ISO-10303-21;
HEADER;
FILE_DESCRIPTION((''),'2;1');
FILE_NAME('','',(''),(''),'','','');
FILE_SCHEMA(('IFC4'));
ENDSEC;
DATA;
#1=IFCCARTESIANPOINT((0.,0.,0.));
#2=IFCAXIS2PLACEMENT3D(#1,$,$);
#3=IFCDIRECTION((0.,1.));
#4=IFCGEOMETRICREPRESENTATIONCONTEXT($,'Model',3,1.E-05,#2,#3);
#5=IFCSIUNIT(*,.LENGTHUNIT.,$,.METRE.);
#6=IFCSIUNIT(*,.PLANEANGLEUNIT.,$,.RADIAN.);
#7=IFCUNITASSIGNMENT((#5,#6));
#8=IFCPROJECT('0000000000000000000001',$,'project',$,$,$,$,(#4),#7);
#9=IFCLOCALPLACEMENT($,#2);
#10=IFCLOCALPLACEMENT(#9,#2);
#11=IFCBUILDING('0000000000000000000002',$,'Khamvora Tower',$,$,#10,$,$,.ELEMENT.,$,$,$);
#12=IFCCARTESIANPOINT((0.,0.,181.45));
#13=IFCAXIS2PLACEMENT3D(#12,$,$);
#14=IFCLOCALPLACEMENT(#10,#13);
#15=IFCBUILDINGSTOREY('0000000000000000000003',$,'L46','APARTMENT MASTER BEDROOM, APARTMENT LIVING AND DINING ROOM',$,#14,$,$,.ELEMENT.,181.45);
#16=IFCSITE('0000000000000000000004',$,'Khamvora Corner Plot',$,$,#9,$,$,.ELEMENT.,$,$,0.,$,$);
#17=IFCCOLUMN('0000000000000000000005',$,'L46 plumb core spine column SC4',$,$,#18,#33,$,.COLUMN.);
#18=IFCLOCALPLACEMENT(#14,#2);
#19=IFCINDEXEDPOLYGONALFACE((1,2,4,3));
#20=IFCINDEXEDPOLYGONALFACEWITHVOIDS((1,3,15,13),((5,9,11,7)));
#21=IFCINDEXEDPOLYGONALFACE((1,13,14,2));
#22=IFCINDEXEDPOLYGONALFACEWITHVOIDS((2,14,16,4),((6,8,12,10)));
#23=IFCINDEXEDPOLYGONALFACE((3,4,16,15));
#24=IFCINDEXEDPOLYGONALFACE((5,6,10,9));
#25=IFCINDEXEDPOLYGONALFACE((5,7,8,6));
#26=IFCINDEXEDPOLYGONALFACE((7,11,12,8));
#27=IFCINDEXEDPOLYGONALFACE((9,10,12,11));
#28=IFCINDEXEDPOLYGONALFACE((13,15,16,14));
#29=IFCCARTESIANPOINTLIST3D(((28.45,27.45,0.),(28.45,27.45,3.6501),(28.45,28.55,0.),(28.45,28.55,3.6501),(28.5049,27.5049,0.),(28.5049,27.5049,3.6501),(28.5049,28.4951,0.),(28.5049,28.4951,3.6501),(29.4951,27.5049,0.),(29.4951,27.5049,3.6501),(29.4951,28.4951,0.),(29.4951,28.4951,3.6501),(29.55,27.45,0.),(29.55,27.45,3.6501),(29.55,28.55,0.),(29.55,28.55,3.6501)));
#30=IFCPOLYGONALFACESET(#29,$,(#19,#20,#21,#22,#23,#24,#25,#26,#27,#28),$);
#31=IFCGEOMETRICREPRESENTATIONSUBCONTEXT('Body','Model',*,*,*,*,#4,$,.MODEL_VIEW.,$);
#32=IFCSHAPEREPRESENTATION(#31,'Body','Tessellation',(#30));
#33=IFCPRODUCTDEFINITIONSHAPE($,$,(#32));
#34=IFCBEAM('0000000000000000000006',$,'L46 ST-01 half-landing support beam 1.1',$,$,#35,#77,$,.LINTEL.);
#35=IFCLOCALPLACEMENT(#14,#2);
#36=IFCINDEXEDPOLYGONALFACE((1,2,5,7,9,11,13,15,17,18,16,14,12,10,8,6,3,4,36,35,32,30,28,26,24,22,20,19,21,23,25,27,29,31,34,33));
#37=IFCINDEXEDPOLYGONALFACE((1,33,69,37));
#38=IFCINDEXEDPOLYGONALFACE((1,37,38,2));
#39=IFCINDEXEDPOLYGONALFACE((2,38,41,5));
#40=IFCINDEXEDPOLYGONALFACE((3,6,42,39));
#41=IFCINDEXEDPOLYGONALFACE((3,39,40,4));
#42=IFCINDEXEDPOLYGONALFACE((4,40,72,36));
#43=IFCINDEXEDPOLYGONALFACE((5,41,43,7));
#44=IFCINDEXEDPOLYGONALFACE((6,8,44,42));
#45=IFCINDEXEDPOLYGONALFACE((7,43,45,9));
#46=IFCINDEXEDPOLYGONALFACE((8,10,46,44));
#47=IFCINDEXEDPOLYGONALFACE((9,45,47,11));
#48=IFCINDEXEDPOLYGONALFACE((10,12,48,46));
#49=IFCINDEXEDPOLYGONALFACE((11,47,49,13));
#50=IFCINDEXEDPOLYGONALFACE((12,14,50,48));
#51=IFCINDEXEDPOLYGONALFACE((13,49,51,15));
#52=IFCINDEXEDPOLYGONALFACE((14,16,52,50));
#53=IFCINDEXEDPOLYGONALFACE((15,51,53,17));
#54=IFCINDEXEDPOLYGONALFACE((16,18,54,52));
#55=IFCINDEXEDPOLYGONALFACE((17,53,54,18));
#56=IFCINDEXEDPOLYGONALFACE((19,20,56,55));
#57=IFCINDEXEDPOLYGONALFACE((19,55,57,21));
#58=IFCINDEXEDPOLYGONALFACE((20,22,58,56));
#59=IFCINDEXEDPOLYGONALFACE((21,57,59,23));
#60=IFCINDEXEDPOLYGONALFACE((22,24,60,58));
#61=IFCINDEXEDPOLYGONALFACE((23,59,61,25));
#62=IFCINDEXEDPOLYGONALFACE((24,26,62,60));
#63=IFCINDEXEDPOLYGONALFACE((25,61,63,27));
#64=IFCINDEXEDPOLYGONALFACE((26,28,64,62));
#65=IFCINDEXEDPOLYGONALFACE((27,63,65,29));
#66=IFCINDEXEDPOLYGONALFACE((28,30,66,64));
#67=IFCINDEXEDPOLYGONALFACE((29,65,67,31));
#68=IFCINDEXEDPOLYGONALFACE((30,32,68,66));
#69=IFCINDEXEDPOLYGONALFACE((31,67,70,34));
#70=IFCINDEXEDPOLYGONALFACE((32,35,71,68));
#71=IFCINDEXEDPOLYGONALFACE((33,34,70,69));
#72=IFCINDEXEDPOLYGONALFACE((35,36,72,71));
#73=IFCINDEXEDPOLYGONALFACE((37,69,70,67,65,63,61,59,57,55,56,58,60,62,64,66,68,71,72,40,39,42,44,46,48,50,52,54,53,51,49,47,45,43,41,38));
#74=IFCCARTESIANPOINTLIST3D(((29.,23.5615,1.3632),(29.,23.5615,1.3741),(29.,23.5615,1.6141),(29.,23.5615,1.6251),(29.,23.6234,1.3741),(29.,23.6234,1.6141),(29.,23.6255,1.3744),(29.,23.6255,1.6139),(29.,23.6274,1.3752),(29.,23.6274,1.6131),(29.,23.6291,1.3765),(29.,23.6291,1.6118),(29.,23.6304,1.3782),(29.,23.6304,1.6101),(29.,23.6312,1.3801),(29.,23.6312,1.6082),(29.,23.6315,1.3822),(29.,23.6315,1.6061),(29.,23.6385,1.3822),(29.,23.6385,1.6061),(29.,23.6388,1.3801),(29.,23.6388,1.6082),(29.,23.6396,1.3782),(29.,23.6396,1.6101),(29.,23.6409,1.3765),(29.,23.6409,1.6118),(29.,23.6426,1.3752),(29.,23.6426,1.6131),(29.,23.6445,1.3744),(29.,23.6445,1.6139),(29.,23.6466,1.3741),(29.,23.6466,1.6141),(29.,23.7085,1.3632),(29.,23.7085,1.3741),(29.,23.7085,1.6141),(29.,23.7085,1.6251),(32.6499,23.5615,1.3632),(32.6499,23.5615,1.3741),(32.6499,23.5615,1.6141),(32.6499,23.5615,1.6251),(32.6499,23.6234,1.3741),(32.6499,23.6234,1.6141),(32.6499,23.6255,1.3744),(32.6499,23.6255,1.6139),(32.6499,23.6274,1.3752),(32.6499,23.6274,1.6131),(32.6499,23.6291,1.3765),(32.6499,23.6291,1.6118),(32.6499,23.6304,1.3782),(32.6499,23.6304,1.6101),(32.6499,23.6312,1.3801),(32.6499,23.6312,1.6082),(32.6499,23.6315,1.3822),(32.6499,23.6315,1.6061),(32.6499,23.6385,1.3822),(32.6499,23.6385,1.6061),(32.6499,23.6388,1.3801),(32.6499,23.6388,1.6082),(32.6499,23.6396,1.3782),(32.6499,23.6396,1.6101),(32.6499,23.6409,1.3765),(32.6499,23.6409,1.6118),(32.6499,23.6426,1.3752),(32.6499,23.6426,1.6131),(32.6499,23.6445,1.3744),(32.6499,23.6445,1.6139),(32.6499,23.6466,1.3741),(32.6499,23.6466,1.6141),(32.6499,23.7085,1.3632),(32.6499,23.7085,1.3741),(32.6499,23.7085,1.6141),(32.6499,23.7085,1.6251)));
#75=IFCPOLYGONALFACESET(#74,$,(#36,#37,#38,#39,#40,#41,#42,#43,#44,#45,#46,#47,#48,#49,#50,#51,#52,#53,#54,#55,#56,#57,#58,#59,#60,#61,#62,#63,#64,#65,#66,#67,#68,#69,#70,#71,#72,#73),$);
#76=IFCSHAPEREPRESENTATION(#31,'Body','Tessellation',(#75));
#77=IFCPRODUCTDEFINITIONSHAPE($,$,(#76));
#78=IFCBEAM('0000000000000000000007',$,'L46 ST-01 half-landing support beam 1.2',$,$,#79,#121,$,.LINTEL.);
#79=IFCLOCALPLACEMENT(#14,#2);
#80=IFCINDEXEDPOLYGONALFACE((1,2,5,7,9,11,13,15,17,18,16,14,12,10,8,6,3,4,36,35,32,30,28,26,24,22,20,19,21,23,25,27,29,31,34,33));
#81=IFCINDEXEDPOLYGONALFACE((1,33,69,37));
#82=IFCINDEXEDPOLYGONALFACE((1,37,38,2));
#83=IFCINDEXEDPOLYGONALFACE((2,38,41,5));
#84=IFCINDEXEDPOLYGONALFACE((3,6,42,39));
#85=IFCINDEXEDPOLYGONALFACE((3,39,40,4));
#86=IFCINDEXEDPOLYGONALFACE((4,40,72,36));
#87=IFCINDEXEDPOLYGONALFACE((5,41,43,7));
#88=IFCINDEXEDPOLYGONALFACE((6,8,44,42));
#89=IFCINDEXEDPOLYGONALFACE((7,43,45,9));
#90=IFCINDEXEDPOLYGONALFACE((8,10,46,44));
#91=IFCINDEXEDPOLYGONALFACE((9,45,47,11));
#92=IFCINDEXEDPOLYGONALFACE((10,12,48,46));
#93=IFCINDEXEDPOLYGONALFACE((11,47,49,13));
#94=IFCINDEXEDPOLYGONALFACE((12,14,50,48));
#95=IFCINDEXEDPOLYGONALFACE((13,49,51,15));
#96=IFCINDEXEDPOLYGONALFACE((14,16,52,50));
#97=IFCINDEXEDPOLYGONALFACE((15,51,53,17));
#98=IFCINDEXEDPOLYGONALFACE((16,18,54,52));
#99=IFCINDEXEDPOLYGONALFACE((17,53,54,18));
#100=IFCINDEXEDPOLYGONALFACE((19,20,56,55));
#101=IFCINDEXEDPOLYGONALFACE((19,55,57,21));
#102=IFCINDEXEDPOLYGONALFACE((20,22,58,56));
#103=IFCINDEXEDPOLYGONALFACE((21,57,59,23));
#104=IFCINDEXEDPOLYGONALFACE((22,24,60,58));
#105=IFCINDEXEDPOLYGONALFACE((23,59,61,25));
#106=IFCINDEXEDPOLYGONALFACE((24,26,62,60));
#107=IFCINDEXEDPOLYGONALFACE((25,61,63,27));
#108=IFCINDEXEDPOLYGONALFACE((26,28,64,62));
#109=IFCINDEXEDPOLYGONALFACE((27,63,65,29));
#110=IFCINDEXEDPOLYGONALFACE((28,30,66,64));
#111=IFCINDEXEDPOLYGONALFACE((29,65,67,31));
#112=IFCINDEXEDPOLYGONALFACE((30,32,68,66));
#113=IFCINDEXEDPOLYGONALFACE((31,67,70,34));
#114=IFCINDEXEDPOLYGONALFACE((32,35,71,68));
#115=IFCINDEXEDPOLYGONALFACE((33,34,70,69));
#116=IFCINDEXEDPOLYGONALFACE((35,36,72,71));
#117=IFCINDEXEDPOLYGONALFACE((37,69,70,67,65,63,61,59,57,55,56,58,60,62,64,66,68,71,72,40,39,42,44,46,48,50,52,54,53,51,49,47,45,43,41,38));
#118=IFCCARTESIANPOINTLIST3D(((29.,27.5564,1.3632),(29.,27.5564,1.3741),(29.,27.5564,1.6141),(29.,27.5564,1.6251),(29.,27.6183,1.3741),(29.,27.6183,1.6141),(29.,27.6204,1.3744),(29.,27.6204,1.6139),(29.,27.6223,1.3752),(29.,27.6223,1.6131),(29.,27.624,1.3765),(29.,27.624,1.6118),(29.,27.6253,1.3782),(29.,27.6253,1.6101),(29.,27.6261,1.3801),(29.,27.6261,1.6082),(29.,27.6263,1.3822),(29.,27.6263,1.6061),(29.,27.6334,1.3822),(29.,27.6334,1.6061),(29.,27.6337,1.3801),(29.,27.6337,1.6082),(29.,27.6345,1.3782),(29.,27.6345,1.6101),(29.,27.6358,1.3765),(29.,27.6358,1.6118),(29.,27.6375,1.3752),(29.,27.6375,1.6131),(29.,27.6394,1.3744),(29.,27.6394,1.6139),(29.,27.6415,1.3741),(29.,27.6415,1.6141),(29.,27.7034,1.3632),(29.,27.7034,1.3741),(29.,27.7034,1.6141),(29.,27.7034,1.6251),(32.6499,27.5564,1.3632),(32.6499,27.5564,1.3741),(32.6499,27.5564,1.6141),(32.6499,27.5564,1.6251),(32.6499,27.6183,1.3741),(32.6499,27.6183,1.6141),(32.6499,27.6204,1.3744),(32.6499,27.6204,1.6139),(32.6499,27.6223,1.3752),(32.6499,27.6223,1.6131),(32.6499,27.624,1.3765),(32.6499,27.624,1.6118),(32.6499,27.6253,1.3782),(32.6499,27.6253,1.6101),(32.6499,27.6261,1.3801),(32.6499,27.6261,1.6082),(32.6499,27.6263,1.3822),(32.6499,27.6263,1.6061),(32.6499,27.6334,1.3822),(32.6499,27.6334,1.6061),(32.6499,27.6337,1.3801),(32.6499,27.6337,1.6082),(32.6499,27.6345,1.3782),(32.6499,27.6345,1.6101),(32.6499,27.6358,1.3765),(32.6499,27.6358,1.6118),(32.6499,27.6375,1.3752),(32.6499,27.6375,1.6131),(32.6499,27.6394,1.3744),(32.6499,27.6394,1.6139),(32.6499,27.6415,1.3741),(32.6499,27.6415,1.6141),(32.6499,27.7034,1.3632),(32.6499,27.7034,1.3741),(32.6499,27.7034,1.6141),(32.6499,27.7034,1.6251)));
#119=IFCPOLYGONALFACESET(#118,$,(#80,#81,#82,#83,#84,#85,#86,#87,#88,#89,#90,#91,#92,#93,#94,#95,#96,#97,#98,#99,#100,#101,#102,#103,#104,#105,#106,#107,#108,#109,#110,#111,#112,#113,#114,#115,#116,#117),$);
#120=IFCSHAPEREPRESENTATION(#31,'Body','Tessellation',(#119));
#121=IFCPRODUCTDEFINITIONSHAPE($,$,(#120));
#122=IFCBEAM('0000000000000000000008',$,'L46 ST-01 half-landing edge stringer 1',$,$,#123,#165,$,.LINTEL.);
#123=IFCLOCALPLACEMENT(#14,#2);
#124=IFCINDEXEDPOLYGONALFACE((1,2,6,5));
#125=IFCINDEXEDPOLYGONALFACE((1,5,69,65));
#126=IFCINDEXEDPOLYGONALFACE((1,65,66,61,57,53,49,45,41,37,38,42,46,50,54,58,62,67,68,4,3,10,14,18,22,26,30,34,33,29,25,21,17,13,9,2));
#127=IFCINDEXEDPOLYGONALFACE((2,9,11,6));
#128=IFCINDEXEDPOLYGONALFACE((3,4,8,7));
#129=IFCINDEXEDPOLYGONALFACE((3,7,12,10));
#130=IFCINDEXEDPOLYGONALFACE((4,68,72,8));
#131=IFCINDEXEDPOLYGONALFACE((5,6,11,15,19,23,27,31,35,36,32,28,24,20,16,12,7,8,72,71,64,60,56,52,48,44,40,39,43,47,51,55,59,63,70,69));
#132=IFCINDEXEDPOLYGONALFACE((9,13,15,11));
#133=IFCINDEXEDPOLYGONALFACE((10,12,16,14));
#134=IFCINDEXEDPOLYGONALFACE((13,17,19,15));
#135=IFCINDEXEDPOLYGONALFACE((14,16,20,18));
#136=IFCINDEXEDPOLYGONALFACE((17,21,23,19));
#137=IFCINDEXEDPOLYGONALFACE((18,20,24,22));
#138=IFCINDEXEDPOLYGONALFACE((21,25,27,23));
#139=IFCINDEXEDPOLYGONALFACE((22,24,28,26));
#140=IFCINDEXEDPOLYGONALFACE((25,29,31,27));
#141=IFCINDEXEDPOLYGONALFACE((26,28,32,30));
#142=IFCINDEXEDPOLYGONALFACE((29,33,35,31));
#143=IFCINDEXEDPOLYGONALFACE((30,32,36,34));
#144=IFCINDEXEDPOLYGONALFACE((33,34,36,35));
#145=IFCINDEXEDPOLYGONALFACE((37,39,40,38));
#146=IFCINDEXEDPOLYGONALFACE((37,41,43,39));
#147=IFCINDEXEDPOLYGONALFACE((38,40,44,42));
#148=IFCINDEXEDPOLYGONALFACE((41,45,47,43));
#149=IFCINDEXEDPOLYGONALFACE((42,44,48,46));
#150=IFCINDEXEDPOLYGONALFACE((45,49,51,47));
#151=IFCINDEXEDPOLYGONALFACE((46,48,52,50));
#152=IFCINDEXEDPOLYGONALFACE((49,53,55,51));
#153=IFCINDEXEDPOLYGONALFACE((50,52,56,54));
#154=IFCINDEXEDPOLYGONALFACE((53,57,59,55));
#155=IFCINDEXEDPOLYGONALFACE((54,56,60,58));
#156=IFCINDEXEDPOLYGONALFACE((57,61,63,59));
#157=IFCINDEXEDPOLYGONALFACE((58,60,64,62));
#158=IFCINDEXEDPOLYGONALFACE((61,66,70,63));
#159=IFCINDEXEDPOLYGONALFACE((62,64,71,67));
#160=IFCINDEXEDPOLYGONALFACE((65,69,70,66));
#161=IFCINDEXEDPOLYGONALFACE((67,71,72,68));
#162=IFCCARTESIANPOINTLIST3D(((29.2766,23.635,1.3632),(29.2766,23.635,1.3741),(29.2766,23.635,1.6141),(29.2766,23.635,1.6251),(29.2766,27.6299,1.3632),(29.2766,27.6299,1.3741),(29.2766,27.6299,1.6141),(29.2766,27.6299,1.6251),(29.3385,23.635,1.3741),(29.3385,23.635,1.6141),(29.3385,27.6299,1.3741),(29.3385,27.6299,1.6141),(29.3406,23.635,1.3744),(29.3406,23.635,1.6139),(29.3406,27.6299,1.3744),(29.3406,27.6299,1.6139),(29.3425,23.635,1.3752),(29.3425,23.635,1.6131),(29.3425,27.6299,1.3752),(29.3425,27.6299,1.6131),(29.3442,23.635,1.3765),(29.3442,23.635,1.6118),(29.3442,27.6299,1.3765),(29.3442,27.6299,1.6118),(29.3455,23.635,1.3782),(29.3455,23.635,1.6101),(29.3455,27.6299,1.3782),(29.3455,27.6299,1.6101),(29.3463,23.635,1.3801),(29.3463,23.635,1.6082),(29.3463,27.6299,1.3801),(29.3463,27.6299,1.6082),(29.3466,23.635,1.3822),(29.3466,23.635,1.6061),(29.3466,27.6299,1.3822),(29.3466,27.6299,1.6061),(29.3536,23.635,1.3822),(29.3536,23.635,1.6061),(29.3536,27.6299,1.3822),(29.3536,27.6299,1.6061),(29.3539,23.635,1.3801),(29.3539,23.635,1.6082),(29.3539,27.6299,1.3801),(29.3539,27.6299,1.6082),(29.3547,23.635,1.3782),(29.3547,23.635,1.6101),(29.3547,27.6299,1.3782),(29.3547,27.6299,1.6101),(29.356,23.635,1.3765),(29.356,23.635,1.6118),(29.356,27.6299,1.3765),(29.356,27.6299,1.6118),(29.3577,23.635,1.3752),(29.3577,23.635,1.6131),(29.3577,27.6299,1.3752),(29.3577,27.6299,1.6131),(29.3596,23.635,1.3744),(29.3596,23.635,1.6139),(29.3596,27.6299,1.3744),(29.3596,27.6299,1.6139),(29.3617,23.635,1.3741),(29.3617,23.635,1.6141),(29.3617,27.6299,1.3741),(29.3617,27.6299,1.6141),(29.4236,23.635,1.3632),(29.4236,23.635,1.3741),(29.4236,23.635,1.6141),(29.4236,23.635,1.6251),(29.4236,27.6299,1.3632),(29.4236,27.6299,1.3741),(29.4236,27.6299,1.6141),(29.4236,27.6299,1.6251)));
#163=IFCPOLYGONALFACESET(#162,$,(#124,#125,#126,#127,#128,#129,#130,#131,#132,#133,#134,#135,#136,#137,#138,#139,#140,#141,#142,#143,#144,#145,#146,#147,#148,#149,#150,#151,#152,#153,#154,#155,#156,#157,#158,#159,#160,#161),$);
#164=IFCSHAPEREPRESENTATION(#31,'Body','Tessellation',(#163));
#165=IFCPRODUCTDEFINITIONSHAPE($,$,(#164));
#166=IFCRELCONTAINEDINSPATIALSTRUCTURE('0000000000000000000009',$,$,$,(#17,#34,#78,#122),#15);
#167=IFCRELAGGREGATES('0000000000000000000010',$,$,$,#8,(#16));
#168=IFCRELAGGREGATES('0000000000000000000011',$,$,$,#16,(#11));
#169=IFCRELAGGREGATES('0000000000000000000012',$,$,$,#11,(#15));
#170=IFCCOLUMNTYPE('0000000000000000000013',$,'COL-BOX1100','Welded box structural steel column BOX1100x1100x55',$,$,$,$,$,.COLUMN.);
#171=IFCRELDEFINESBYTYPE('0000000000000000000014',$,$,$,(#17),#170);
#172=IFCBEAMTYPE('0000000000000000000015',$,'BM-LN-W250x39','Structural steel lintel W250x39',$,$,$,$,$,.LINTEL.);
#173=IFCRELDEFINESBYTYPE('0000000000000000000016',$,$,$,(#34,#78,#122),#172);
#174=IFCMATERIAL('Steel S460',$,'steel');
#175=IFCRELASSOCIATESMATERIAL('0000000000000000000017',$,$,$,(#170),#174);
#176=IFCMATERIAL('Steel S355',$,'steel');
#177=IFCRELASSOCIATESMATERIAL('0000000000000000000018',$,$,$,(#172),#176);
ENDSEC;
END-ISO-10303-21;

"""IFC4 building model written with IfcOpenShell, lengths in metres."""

from ifc_helpers import new_model, si_unit, direction, frame, origin, origin_2d, place, context, subcontext, project, spatial, hollow_rectangle, i_section, extrude, material, material_profile, profile_set, type_object, element, save


model = new_model("IFC4")

# Units and contexts
model_context = context("Model", 3, precision=1e-05, world=origin(), true_north=direction((0.0, 1.0)))
body_context = subcontext(model_context, "Body", "Model", "MODEL_VIEW")
ifc_project = project(units=[si_unit("LENGTHUNIT", "METRE"), si_unit("PLANEANGLEUNIT", "RADIAN")], contexts=[model_context])

# Site, building, storey
site_placement = place(None, origin())
site = spatial("IfcSite", under=ifc_project, at=site_placement, Name="Khamvora Corner Plot", CompositionType="ELEMENT", RefElevation=0.0)
building_placement = place(site_placement, origin())
building = spatial("IfcBuilding", under=site, at=building_placement, Name="Khamvora Tower", CompositionType="ELEMENT")
storey_placement = place(building_placement, frame((0.0, 0.0, 181.45)))
storey = spatial("IfcBuildingStorey", under=building, at=storey_placement, Name="L46", Description="APARTMENT MASTER BEDROOM, APARTMENT LIVING AND DINING ROOM", CompositionType="ELEMENT", Elevation=181.45)

# Column
ifc_material_1 = material(Name="Steel S460", Category="steel")
ifc_material_profile_1 = material_profile(ifc_material_1, hollow_rectangle(XDim=1.1001, YDim=1.1001, WallThickness=0.0549, at=origin_2d()), Name="BOX1100x1100x55")
ifc_profile_set_1 = profile_set([ifc_material_profile_1], Name="Steel S460")
column_type = type_object("IfcColumnType", Name="COL-BOX1100", Description="Welded box structural steel column BOX1100x1100x55", PredefinedType="COLUMN", material=ifc_profile_set_1)
column_placement = place(storey_placement, frame((29.0, 28.0, 0.0), z_axis=(0.0, 0.0, 1.0), x_axis=(1.0, 0.0, 0.0)))
element("IfcColumn", 1, at=column_placement, inside=storey, type_object=column_type, Name="L46 plumb core spine column SC4", PredefinedType="COLUMN", context=body_context, shape_type="SweptSolid", body=[
    extrude(hollow_rectangle(XDim=1.1001, YDim=1.1001, WallThickness=0.0549, at=origin_2d()), origin(), (0.0, 0.0, 1.0), 3.6501),
])

# Beams
ifc_material_2 = material(Name="Steel S355", Category="steel")
ifc_material_profile_2 = material_profile(ifc_material_2, i_section(OverallWidth=0.147, OverallDepth=0.262, WebThickness=0.0071, FlangeThickness=0.011, FilletRadius=0.0081, at=origin_2d()), Name="W250x39")
ifc_profile_set_2 = profile_set([ifc_material_profile_2], Name="Steel S355")
beam_type_1 = type_object("IfcBeamType", Name="BM-LN-W250x39", Description="Structural steel lintel W250x39", PredefinedType="LINTEL", material=ifc_profile_set_2)
for number, where, z_axis, x_axis, name in (
    (2, (29.0, 23.635, 1.4941), (1.0, 0.0, 0.0), (0.0, 1.0, 0.0), "L46 ST-01 half-landing support beam 1.1"),
    (3, (29.0, 27.6299, 1.4941), (1.0, 0.0, 0.0), (0.0, 1.0, 0.0), "L46 ST-01 half-landing support beam 1.2"),
):
    element("IfcBeam", number, at=place(storey_placement, frame(where, z_axis=z_axis, x_axis=x_axis)), inside=storey, type_object=beam_type_1, Name=name, PredefinedType="LINTEL", context=body_context, shape_type="SweptSolid", body=[
        extrude(i_section(OverallWidth=0.147, OverallDepth=0.262, WebThickness=0.0071, FlangeThickness=0.011, FilletRadius=0.0081, at=origin_2d()), origin(), (0.0, 0.0, 1.0), 3.6499),
    ])
beam_1_placement = place(storey_placement, frame((29.3501, 23.635, 1.4941), z_axis=(0.0, 1.0, 0.0), x_axis=(-1.0, 0.0, 0.0)))
element("IfcBeam", 4, at=beam_1_placement, inside=storey, type_object=beam_type_1, Name="L46 ST-01 half-landing edge stringer 1", PredefinedType="LINTEL", context=body_context, shape_type="SweptSolid", body=[
    extrude(i_section(OverallWidth=0.147, OverallDepth=0.262, WebThickness=0.0071, FlangeThickness=0.011, FilletRadius=0.0081, at=origin_2d()), origin(), (0.0, 0.0, 1.0), 3.9949),
])

save(model, "model.ifc")
